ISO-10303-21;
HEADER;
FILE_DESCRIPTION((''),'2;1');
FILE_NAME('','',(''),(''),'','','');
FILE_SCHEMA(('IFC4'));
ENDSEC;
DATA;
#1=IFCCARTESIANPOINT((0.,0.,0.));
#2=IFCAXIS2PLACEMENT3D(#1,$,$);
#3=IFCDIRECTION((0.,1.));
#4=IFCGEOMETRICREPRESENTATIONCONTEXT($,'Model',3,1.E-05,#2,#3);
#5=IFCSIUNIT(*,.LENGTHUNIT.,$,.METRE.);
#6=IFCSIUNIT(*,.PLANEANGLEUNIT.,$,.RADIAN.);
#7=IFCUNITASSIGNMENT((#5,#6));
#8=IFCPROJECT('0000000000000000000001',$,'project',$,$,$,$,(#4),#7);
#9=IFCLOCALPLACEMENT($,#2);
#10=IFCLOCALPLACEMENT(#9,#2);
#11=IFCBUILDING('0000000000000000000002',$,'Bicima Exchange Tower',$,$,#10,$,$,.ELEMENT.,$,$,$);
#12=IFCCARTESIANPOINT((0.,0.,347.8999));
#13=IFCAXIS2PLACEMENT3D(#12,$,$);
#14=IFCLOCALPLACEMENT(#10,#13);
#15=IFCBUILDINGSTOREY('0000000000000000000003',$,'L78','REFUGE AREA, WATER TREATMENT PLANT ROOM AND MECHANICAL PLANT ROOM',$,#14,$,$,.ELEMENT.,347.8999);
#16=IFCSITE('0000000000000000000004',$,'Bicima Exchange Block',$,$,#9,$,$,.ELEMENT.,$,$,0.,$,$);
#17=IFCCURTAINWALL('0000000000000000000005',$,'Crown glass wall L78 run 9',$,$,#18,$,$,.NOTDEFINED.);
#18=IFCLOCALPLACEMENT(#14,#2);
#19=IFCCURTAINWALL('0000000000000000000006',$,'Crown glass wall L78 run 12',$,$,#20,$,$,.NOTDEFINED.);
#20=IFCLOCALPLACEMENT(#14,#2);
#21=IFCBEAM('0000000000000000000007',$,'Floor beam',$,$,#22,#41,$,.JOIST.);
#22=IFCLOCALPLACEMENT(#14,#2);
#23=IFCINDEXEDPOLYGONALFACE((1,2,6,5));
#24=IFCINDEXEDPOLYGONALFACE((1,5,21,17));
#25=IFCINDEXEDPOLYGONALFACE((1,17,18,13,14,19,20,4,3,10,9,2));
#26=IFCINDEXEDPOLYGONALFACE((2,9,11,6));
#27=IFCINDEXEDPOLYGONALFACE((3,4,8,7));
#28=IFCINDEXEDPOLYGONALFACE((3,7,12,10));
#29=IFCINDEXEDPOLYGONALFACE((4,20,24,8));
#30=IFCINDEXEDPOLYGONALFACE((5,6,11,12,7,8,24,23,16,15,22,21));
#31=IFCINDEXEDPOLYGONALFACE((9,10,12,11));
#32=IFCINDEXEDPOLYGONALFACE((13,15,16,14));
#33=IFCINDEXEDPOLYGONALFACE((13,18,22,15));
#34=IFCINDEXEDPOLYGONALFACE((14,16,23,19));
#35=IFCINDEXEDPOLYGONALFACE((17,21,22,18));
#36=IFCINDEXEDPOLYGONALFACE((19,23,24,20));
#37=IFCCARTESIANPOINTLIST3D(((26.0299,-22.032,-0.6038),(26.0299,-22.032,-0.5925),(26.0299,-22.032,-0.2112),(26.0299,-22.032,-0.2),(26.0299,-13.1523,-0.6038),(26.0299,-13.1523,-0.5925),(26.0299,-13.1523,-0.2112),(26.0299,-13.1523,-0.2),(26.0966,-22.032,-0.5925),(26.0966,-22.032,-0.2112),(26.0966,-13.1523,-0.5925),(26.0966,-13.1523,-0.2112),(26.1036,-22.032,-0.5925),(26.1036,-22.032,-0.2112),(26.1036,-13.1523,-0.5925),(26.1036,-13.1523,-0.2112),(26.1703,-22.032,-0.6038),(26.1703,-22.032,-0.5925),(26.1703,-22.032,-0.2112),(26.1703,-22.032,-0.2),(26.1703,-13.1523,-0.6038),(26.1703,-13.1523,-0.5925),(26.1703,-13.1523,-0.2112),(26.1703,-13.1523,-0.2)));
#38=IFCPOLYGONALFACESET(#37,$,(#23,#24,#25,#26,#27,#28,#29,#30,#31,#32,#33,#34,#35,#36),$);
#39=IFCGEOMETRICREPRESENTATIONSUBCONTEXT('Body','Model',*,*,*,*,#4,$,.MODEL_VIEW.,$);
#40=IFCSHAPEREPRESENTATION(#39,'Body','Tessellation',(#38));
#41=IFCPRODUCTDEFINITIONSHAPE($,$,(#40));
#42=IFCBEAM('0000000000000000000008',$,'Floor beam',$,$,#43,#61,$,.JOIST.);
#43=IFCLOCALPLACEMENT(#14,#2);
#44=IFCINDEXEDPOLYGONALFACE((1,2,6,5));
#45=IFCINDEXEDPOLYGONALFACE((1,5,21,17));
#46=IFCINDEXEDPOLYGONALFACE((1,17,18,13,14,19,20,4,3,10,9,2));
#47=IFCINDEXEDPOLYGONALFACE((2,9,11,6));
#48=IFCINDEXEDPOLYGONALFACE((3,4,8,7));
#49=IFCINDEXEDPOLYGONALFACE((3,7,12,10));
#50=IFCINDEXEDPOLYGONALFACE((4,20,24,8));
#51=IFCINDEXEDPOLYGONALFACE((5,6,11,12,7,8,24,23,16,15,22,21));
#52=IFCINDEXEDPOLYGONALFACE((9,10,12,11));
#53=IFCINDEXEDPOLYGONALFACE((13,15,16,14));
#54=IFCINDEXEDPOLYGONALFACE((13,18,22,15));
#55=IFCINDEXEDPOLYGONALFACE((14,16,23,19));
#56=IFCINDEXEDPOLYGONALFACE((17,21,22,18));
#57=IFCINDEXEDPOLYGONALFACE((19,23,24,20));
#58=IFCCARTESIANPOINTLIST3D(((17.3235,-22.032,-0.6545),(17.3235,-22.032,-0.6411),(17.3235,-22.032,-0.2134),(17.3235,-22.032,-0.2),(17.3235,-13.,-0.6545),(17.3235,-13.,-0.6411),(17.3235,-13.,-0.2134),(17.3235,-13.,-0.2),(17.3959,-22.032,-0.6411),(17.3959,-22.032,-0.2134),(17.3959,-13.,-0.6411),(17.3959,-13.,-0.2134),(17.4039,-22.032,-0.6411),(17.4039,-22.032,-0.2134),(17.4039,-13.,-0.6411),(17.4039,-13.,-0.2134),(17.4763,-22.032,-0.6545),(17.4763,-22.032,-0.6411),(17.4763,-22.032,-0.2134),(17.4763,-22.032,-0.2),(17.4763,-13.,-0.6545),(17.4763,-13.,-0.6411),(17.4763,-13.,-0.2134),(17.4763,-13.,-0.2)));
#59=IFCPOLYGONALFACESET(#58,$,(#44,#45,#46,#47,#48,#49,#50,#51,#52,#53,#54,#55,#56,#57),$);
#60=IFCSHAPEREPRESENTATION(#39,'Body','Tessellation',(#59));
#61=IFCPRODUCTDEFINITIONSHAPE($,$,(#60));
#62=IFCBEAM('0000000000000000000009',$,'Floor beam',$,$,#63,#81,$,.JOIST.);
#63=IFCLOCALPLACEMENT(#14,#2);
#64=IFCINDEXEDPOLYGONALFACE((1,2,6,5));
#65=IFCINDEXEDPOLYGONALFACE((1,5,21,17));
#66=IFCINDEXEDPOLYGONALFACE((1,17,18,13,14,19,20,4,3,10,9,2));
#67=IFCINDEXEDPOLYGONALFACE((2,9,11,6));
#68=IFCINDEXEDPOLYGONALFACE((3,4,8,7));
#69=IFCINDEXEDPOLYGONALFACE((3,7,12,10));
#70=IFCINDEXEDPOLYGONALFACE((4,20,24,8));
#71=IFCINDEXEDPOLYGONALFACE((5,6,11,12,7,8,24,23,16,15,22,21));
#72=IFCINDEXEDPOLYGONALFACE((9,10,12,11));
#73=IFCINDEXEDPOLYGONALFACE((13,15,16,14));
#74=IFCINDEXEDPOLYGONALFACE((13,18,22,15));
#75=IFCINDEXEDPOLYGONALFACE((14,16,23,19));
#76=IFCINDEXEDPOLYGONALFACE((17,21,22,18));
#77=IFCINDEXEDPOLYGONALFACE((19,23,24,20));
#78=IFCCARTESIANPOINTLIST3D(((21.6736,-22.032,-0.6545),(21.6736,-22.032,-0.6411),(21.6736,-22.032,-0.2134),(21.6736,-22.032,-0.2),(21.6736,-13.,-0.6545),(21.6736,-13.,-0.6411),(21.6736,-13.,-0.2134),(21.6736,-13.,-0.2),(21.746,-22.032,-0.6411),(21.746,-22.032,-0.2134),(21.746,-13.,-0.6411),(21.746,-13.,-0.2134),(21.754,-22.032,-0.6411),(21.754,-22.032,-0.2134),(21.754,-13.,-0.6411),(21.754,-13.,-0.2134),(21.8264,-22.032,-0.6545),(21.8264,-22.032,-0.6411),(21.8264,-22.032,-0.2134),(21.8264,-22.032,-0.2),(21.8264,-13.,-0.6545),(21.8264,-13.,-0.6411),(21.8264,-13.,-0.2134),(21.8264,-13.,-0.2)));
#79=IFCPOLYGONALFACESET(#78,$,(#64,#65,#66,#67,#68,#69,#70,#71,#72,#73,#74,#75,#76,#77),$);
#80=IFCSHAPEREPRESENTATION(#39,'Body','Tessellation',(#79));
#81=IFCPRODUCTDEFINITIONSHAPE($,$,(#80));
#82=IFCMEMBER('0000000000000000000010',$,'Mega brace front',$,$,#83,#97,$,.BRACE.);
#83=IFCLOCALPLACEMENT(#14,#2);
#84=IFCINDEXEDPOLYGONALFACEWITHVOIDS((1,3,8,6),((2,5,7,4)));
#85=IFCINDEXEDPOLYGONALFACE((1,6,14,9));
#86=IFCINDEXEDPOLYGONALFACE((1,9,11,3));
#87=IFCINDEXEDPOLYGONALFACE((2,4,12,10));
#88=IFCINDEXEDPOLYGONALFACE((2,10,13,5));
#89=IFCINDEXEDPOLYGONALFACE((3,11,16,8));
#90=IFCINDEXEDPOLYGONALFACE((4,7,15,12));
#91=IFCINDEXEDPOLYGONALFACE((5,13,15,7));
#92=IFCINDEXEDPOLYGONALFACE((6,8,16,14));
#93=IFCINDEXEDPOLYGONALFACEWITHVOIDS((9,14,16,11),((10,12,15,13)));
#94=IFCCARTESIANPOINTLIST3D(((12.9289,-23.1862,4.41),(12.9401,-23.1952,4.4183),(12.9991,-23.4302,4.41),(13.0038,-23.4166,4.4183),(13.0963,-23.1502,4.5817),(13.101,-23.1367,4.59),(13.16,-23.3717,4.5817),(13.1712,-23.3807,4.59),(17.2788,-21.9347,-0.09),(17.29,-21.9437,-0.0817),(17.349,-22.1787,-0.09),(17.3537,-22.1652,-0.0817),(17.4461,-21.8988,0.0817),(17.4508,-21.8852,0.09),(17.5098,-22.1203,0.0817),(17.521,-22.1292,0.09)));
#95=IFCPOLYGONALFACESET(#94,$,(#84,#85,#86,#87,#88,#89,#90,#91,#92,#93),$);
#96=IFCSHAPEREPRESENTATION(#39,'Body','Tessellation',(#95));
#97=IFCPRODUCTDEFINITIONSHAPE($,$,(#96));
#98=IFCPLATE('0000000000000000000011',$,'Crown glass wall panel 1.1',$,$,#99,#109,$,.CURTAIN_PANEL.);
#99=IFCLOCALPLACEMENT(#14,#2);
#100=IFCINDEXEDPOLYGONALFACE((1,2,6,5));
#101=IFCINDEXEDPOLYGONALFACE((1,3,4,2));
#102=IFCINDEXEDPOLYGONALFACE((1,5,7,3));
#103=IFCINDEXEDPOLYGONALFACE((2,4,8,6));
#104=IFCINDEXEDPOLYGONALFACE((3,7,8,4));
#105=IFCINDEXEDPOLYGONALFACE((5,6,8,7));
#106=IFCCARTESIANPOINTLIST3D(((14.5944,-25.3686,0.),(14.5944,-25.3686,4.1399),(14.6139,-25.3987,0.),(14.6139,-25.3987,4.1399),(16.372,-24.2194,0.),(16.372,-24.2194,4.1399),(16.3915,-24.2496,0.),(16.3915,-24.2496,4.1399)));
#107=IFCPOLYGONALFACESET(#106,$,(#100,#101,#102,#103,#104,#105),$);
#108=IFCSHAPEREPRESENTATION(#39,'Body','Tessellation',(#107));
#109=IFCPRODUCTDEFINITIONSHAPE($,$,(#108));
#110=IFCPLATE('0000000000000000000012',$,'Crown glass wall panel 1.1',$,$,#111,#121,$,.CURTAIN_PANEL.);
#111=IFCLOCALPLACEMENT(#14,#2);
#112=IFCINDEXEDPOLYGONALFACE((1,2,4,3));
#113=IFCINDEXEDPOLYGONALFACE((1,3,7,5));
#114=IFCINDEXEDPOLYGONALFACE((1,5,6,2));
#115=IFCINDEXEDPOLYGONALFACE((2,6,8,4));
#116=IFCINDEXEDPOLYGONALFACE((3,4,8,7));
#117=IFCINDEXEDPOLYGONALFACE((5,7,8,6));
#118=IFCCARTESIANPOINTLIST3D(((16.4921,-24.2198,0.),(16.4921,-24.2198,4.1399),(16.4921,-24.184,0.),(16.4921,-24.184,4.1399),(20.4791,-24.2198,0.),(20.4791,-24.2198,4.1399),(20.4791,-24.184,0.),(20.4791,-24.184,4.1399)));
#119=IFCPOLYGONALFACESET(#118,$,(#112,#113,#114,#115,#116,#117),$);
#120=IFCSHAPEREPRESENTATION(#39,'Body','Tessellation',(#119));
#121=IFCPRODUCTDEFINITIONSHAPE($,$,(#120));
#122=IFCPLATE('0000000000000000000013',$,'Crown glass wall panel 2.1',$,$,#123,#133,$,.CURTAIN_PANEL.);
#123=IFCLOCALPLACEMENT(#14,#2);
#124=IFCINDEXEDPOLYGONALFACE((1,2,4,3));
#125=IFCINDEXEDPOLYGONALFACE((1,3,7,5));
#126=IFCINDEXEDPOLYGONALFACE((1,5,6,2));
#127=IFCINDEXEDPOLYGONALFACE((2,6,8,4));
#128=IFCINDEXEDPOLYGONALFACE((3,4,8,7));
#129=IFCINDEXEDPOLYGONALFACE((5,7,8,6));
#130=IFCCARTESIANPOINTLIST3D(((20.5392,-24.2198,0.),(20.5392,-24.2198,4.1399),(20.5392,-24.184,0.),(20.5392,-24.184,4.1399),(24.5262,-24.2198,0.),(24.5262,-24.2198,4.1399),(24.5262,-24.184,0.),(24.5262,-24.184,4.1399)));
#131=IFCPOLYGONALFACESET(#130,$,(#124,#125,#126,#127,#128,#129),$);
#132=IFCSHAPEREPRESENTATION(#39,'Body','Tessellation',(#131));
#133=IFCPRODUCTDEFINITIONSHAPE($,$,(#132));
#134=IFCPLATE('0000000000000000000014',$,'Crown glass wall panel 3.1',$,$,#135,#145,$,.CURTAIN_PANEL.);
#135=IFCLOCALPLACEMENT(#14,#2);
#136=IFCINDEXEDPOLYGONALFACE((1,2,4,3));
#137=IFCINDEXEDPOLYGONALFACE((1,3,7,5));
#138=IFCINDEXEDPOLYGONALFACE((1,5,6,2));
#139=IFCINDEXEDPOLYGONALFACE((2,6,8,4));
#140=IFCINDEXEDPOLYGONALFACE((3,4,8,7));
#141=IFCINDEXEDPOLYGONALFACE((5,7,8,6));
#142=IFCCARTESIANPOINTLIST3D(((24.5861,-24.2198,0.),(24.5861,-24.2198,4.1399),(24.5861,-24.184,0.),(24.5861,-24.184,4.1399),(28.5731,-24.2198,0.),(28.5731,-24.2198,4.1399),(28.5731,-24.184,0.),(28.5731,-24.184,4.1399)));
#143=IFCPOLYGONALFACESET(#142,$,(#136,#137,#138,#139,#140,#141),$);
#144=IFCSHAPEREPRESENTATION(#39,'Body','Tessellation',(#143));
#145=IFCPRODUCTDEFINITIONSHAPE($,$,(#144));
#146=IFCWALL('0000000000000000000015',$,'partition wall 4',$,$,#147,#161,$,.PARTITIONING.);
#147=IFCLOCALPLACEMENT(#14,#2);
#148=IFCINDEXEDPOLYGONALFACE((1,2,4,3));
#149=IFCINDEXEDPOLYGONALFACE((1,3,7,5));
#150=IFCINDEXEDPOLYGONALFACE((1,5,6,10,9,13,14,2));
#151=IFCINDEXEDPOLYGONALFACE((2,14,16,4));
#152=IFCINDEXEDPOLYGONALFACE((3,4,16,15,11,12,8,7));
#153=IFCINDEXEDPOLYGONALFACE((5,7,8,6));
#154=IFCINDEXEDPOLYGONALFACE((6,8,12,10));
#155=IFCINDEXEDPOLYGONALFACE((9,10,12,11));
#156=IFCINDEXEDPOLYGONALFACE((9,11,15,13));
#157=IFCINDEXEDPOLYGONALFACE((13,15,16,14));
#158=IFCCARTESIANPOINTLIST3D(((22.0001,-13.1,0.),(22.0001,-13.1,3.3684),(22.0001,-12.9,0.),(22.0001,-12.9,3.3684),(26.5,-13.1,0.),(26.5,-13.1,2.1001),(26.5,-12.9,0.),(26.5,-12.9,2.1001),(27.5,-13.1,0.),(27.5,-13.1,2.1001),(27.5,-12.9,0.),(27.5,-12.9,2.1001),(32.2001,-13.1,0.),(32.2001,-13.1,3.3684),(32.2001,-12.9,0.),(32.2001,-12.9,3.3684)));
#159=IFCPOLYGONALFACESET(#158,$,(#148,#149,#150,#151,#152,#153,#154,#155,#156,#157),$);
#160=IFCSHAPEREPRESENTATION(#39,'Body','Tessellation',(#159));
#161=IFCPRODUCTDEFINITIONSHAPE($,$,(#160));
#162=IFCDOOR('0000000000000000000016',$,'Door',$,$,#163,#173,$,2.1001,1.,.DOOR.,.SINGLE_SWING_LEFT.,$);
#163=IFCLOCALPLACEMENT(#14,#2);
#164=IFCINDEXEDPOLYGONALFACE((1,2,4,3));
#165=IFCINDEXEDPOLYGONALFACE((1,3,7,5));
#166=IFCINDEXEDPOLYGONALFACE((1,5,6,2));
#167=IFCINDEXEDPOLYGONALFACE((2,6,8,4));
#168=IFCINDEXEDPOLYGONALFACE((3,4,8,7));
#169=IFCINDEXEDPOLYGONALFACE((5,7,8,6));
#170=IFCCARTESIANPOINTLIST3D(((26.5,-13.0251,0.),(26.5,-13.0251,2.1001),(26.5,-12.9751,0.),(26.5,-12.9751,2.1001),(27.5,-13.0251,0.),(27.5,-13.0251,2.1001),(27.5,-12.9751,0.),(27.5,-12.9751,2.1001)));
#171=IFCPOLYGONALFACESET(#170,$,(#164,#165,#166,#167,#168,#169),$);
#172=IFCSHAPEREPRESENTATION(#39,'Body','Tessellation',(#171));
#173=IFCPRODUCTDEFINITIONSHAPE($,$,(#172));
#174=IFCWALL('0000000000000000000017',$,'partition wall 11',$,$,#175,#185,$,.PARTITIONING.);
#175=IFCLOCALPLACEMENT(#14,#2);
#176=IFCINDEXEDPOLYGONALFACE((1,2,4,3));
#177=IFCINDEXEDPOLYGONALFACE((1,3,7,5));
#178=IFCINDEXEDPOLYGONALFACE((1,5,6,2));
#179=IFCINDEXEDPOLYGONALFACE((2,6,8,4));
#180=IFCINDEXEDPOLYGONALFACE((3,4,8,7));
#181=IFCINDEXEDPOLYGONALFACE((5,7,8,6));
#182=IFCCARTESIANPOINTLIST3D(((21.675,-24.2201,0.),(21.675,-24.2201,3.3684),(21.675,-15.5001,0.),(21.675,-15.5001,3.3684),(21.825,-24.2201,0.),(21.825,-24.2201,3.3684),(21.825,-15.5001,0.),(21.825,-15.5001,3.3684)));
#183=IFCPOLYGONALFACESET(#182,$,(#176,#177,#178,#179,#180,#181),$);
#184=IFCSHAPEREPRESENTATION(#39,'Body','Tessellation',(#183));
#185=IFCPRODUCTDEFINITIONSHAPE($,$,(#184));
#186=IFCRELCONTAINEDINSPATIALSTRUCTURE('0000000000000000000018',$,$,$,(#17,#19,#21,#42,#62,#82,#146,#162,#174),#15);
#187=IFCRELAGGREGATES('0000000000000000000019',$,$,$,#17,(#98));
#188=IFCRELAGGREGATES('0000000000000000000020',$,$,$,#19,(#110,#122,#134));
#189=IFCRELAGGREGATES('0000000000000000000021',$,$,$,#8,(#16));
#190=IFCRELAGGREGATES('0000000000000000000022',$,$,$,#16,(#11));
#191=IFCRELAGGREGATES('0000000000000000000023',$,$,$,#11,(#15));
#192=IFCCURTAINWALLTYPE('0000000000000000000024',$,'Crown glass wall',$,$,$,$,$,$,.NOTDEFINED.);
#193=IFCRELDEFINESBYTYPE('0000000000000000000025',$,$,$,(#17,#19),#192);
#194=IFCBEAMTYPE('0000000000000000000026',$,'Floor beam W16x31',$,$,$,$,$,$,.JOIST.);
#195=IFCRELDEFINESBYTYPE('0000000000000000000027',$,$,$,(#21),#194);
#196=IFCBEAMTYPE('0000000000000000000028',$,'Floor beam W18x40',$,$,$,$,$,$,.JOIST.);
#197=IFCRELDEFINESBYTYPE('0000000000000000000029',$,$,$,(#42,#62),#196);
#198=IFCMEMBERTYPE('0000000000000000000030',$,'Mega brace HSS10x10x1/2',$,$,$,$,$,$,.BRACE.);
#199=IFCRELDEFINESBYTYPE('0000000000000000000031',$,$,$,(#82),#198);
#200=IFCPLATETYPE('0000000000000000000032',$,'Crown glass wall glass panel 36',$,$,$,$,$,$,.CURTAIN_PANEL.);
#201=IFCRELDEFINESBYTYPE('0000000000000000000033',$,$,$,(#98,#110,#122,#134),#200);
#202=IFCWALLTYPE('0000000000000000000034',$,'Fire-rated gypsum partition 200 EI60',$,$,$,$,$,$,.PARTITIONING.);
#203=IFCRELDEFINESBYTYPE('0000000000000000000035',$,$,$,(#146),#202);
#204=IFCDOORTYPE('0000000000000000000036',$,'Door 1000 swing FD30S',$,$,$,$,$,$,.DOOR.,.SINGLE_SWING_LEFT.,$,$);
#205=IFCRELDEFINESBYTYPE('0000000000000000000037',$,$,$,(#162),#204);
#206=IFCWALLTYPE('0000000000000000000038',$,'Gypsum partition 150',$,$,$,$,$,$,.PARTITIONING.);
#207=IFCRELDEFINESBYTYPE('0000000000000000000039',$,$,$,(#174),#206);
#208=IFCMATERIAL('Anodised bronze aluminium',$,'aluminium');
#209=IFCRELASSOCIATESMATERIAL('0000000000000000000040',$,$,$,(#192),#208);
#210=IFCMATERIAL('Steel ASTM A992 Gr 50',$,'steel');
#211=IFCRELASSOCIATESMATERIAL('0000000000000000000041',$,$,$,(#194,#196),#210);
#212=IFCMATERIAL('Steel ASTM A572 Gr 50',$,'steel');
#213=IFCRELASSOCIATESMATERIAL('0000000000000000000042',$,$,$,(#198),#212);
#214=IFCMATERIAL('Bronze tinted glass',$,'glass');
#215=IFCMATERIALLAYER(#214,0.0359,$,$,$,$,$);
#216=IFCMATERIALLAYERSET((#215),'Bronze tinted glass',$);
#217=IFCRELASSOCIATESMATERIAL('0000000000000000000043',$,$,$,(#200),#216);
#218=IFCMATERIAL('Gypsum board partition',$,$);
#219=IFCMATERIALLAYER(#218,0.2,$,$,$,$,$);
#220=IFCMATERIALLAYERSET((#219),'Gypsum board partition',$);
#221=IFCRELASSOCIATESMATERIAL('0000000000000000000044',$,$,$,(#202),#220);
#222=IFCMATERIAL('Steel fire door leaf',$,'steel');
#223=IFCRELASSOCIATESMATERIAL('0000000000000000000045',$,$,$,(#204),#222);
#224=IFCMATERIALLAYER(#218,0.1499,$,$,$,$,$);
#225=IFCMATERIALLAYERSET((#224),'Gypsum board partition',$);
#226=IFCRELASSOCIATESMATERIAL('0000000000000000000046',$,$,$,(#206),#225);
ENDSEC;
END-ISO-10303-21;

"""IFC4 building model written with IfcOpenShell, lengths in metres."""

from ifc_helpers import new_model, si_unit, direction, frame, frame_2d, origin, origin_2d, place, context, subcontext, project, spatial, rectangle, hollow_rectangle, i_section, extrude, material, layer, layer_set, material_profile, profile_set, type_object, element, fill, aggregate, save


model = new_model("IFC4")

# Units and contexts
model_context = context("Model", 3, precision=1e-05, world=origin(), true_north=direction((0.0, 1.0)))
body_context = subcontext(model_context, "Body", "Model", "MODEL_VIEW")
ifc_project = project(units=[si_unit("LENGTHUNIT", "METRE"), si_unit("PLANEANGLEUNIT", "RADIAN")], contexts=[model_context])

# Site, building, storey
site_placement = place(None, origin())
site = spatial("IfcSite", under=ifc_project, at=site_placement, Name="Bicima Exchange Block", CompositionType="ELEMENT", RefElevation=0.0)
building_placement = place(site_placement, origin())
building = spatial("IfcBuilding", under=site, at=building_placement, Name="Bicima Exchange Tower", CompositionType="ELEMENT")
storey_placement = place(building_placement, frame((0.0, 0.0, 347.8999)))
storey = spatial("IfcBuildingStorey", under=building, at=storey_placement, Name="L78", Description="REFUGE AREA, WATER TREATMENT PLANT ROOM AND MECHANICAL PLANT ROOM", CompositionType="ELEMENT", Elevation=347.8999)

# Shared definitions
ifc_material_1 = material(Name="Steel ASTM A992 Gr 50", Category="steel")

# Curtain wall
ifc_material_2 = material(Name="Anodised bronze aluminium", Category="aluminium")
curtain_wall_type = type_object("IfcCurtainWallType", Name="Crown glass wall", PredefinedType="NOTDEFINED", material=ifc_material_2)
curtain_wall_1_placement = place(storey_placement, origin())
curtain_wall_1 = element("IfcCurtainWall", 1, at=curtain_wall_1_placement, inside=storey, type_object=curtain_wall_type, Name="Crown glass wall L78 run 9", PredefinedType="NOTDEFINED")

# Curtain wall
curtain_wall_2_placement = place(storey_placement, origin())
curtain_wall_2 = element("IfcCurtainWall", 2, at=curtain_wall_2_placement, inside=storey, type_object=curtain_wall_type, Name="Crown glass wall L78 run 12", PredefinedType="NOTDEFINED")

# Beams
ifc_material_profile_1 = material_profile(ifc_material_1, i_section(OverallWidth=0.1404, OverallDepth=0.4038, WebThickness=0.0071, FlangeThickness=0.0112, at=origin_2d()))
ifc_profile_set_1 = profile_set([ifc_material_profile_1], Name="Steel ASTM A992 Gr 50")
beam_type_1 = type_object("IfcBeamType", Name="Floor beam W16x31", PredefinedType="JOIST", material=ifc_profile_set_1)
beam_1_placement = place(storey_placement, frame((26.1001, -13.1523, -0.4019), z_axis=(0.0, -1.0, 0.0), x_axis=(1.0, 0.0, 0.0)))
element("IfcBeam", 3, at=beam_1_placement, inside=storey, type_object=beam_type_1, Name="Floor beam", PredefinedType="JOIST", context=body_context, shape_type="SweptSolid", body=[
    extrude(i_section(OverallWidth=0.1404, OverallDepth=0.4038, WebThickness=0.0071, FlangeThickness=0.0112, at=origin_2d()), origin(), (0.0, 0.0, 1.0), 8.8796),
])
ifc_material_profile_2 = material_profile(ifc_material_1, i_section(OverallWidth=0.1528, OverallDepth=0.4546, WebThickness=0.0081, FlangeThickness=0.0134, at=origin_2d()))
ifc_profile_set_2 = profile_set([ifc_material_profile_2], Name="Steel ASTM A992 Gr 50")
beam_type_2 = type_object("IfcBeamType", Name="Floor beam W18x40", PredefinedType="JOIST", material=ifc_profile_set_2)
for number, where, z_axis, x_axis, name in (
    (4, (17.3999, -13.0, -0.4272), (0.0, -1.0, 0.0), (1.0, 0.0, 0.0), "Floor beam"),
    (5, (21.75, -13.0, -0.4272), (0.0, -1.0, 0.0), (1.0, 0.0, 0.0), "Floor beam"),
):
    element("IfcBeam", number, at=place(storey_placement, frame(where, z_axis=z_axis, x_axis=x_axis)), inside=storey, type_object=beam_type_2, Name=name, PredefinedType="JOIST", context=body_context, shape_type="SweptSolid", body=[
        extrude(i_section(OverallWidth=0.1528, OverallDepth=0.4546, WebThickness=0.0081, FlangeThickness=0.0134, at=origin_2d()), origin(), (0.0, 0.0, 1.0), 9.032),
    ])

# Member
ifc_material_3 = material(Name="Steel ASTM A572 Gr 50", Category="steel")
ifc_material_profile_3 = material_profile(ifc_material_3, hollow_rectangle(XDim=0.2539, YDim=0.2539, WallThickness=0.0117, at=origin_2d()))
ifc_profile_set_3 = profile_set([ifc_material_profile_3], Name="Steel ASTM A572 Gr 50")
member_type_1 = type_object("IfcMemberType", Name="Mega brace HSS10x10x1/2", PredefinedType="BRACE", material=ifc_profile_set_3)
member_1_placement = place(storey_placement, frame((17.3999, -22.032, 0.0), z_axis=(-0.681519, -0.196075, 0.705044), x_axis=(0.276487, -0.961018, 0.0)))
element("IfcMember", 6, at=member_1_placement, inside=storey, type_object=member_type_1, Name="Mega brace front", PredefinedType="BRACE", context=body_context, shape_type="SweptSolid", body=[
    extrude(hollow_rectangle(XDim=0.2539, YDim=0.2539, WallThickness=0.0117, at=origin_2d()), origin(), (0.0, 0.0, 1.0), 6.3826),
])

# Plates
ifc_material_4 = material(Name="Bronze tinted glass", Category="glass")
ifc_layer_1 = layer(ifc_material_4, 0.0359)
ifc_layer_set_1 = layer_set([ifc_layer_1], Name="Bronze tinted glass")
plate_type = type_object("IfcPlateType", Name="Crown glass wall glass panel 36", PredefinedType="CURTAIN_PANEL", material=ifc_layer_set_1)
plate_1_placement = place(storey_placement, frame((15.4929, -24.8091, 0.0), z_axis=(0.0, 0.0, 1.0), x_axis=(0.83979, 0.542911, 0.0)))
plate_1 = element("IfcPlate", 7, at=plate_1_placement, type_object=plate_type, Name="Crown glass wall panel 1.1", PredefinedType="CURTAIN_PANEL", context=body_context, shape_type="SweptSolid", body=[
    extrude(rectangle(XDim=2.1167, YDim=0.0359, at=origin_2d()), origin(), (0.0, 0.0, 1.0), 4.1399),
])
aggregate(curtain_wall_1, [plate_1])
plate_2_placement = place(storey_placement, frame((18.4856, -24.2019, 0.0), z_axis=(0.0, 0.0, 1.0), x_axis=(1.0, 0.0, 0.0)))
plate_2 = element("IfcPlate", 8, at=plate_2_placement, type_object=plate_type, Name="Crown glass wall panel 1.1", PredefinedType="CURTAIN_PANEL", context=body_context, shape_type="SweptSolid", body=[
    extrude(rectangle(XDim=3.9871, YDim=0.0359, at=origin_2d()), origin(), (0.0, 0.0, 1.0), 4.1399),
])
plate_3_placement = place(storey_placement, frame((22.5327, -24.2019, 0.0), z_axis=(0.0, 0.0, 1.0), x_axis=(1.0, 0.0, 0.0)))
plate_3 = element("IfcPlate", 9, at=plate_3_placement, type_object=plate_type, Name="Crown glass wall panel 2.1", PredefinedType="CURTAIN_PANEL", context=body_context, shape_type="SweptSolid", body=[
    extrude(rectangle(XDim=3.9871, YDim=0.0359, at=origin_2d()), origin(), (0.0, 0.0, 1.0), 4.1399),
])
plate_4_placement = place(storey_placement, frame((26.5796, -24.2019, 0.0), z_axis=(0.0, 0.0, 1.0), x_axis=(1.0, 0.0, 0.0)))
plate_4 = element("IfcPlate", 10, at=plate_4_placement, type_object=plate_type, Name="Crown glass wall panel 3.1", PredefinedType="CURTAIN_PANEL", context=body_context, shape_type="SweptSolid", body=[
    extrude(rectangle(XDim=3.9871, YDim=0.0359, at=origin_2d()), origin(), (0.0, 0.0, 1.0), 4.1399),
])
aggregate(curtain_wall_2, [plate_2, plate_3, plate_4])

# Wall, opening, door
ifc_material_5 = material(Name="Gypsum board partition")
ifc_layer_2 = layer(ifc_material_5, 0.2)
ifc_layer_set_2 = layer_set([ifc_layer_2], Name="Gypsum board partition")
wall_type_1 = type_object("IfcWallType", Name="Fire-rated gypsum partition 200 EI60", PredefinedType="PARTITIONING", material=ifc_layer_set_2)
wall_1_placement = place(storey_placement, frame((22.0, -13.0, 0.0), z_axis=(0.0, 0.0, 1.0), x_axis=(1.0, 0.0, 0.0)))
wall_1 = element("IfcWall", 11, at=wall_1_placement, inside=storey, type_object=wall_type_1, Name="partition wall 4", PredefinedType="PARTITIONING", context=body_context, shape_type="SweptSolid", body=[
    extrude(rectangle(XDim=10.2, YDim=0.2, at=frame_2d((5.1001, 0.0))), origin(), (0.0, 0.0, 1.0), 3.3684),
])
opening_placement = place(wall_1_placement, frame((4.5, 0.0, 0.0)))
opening = element("IfcOpeningElement", 12, at=opening_placement, cuts=wall_1, PredefinedType="OPENING", context=body_context, shape_type="SweptSolid", body=[
    extrude(rectangle(XDim=1.0, YDim=2.1001, at=frame_2d((0.5, 1.05))), frame((0.0, 0.1118, 0.0), z_axis=(0.0, -1.0, 0.0), x_axis=(1.0, 0.0, 0.0)), (0.0, 0.0, 1.0), 0.2239),
])
ifc_material_6 = material(Name="Steel fire door leaf", Category="steel")
door_type = type_object("IfcDoorType", Name="Door 1000 swing FD30S", OperationType="SINGLE_SWING_LEFT", PredefinedType="DOOR", material=ifc_material_6)
door_placement = place(opening_placement, origin())
door = element("IfcDoor", 13, at=door_placement, inside=storey, type_object=door_type, Name="Door", OperationType="SINGLE_SWING_LEFT", OverallHeight=2.1001, OverallWidth=1.0, PredefinedType="DOOR", context=body_context, shape_type="SweptSolid", body=[
    extrude(rectangle(XDim=1.0, YDim=2.1001, at=frame_2d((0.5, 1.05))), frame((0.0, 0.0249, 0.0), z_axis=(0.0, -1.0, 0.0), x_axis=(1.0, 0.0, 0.0)), (0.0, 0.0, 1.0), 0.05),
])
fill(opening, door)

# Wall
ifc_layer_3 = layer(ifc_material_5, 0.1499)
ifc_layer_set_3 = layer_set([ifc_layer_3], Name="Gypsum board partition")
wall_type_2 = type_object("IfcWallType", Name="Gypsum partition 150", PredefinedType="PARTITIONING", material=ifc_layer_set_3)
for number, where, z_axis, x_axis, name in (
    (14, (21.75, -24.22, 0.0), (0.0, 0.0, 1.0), (0.0, 1.0, 0.0), "partition wall 11"),
):
    element("IfcWall", number, at=place(storey_placement, frame(where, z_axis=z_axis, x_axis=x_axis)), inside=storey, type_object=wall_type_2, Name=name, PredefinedType="PARTITIONING", context=body_context, shape_type="SweptSolid", body=[
        extrude(rectangle(XDim=8.72, YDim=0.1499, at=frame_2d((4.3599, 0.0))), origin(), (0.0, 0.0, 1.0), 3.3684),
    ])

save(model, "model.ifc")
